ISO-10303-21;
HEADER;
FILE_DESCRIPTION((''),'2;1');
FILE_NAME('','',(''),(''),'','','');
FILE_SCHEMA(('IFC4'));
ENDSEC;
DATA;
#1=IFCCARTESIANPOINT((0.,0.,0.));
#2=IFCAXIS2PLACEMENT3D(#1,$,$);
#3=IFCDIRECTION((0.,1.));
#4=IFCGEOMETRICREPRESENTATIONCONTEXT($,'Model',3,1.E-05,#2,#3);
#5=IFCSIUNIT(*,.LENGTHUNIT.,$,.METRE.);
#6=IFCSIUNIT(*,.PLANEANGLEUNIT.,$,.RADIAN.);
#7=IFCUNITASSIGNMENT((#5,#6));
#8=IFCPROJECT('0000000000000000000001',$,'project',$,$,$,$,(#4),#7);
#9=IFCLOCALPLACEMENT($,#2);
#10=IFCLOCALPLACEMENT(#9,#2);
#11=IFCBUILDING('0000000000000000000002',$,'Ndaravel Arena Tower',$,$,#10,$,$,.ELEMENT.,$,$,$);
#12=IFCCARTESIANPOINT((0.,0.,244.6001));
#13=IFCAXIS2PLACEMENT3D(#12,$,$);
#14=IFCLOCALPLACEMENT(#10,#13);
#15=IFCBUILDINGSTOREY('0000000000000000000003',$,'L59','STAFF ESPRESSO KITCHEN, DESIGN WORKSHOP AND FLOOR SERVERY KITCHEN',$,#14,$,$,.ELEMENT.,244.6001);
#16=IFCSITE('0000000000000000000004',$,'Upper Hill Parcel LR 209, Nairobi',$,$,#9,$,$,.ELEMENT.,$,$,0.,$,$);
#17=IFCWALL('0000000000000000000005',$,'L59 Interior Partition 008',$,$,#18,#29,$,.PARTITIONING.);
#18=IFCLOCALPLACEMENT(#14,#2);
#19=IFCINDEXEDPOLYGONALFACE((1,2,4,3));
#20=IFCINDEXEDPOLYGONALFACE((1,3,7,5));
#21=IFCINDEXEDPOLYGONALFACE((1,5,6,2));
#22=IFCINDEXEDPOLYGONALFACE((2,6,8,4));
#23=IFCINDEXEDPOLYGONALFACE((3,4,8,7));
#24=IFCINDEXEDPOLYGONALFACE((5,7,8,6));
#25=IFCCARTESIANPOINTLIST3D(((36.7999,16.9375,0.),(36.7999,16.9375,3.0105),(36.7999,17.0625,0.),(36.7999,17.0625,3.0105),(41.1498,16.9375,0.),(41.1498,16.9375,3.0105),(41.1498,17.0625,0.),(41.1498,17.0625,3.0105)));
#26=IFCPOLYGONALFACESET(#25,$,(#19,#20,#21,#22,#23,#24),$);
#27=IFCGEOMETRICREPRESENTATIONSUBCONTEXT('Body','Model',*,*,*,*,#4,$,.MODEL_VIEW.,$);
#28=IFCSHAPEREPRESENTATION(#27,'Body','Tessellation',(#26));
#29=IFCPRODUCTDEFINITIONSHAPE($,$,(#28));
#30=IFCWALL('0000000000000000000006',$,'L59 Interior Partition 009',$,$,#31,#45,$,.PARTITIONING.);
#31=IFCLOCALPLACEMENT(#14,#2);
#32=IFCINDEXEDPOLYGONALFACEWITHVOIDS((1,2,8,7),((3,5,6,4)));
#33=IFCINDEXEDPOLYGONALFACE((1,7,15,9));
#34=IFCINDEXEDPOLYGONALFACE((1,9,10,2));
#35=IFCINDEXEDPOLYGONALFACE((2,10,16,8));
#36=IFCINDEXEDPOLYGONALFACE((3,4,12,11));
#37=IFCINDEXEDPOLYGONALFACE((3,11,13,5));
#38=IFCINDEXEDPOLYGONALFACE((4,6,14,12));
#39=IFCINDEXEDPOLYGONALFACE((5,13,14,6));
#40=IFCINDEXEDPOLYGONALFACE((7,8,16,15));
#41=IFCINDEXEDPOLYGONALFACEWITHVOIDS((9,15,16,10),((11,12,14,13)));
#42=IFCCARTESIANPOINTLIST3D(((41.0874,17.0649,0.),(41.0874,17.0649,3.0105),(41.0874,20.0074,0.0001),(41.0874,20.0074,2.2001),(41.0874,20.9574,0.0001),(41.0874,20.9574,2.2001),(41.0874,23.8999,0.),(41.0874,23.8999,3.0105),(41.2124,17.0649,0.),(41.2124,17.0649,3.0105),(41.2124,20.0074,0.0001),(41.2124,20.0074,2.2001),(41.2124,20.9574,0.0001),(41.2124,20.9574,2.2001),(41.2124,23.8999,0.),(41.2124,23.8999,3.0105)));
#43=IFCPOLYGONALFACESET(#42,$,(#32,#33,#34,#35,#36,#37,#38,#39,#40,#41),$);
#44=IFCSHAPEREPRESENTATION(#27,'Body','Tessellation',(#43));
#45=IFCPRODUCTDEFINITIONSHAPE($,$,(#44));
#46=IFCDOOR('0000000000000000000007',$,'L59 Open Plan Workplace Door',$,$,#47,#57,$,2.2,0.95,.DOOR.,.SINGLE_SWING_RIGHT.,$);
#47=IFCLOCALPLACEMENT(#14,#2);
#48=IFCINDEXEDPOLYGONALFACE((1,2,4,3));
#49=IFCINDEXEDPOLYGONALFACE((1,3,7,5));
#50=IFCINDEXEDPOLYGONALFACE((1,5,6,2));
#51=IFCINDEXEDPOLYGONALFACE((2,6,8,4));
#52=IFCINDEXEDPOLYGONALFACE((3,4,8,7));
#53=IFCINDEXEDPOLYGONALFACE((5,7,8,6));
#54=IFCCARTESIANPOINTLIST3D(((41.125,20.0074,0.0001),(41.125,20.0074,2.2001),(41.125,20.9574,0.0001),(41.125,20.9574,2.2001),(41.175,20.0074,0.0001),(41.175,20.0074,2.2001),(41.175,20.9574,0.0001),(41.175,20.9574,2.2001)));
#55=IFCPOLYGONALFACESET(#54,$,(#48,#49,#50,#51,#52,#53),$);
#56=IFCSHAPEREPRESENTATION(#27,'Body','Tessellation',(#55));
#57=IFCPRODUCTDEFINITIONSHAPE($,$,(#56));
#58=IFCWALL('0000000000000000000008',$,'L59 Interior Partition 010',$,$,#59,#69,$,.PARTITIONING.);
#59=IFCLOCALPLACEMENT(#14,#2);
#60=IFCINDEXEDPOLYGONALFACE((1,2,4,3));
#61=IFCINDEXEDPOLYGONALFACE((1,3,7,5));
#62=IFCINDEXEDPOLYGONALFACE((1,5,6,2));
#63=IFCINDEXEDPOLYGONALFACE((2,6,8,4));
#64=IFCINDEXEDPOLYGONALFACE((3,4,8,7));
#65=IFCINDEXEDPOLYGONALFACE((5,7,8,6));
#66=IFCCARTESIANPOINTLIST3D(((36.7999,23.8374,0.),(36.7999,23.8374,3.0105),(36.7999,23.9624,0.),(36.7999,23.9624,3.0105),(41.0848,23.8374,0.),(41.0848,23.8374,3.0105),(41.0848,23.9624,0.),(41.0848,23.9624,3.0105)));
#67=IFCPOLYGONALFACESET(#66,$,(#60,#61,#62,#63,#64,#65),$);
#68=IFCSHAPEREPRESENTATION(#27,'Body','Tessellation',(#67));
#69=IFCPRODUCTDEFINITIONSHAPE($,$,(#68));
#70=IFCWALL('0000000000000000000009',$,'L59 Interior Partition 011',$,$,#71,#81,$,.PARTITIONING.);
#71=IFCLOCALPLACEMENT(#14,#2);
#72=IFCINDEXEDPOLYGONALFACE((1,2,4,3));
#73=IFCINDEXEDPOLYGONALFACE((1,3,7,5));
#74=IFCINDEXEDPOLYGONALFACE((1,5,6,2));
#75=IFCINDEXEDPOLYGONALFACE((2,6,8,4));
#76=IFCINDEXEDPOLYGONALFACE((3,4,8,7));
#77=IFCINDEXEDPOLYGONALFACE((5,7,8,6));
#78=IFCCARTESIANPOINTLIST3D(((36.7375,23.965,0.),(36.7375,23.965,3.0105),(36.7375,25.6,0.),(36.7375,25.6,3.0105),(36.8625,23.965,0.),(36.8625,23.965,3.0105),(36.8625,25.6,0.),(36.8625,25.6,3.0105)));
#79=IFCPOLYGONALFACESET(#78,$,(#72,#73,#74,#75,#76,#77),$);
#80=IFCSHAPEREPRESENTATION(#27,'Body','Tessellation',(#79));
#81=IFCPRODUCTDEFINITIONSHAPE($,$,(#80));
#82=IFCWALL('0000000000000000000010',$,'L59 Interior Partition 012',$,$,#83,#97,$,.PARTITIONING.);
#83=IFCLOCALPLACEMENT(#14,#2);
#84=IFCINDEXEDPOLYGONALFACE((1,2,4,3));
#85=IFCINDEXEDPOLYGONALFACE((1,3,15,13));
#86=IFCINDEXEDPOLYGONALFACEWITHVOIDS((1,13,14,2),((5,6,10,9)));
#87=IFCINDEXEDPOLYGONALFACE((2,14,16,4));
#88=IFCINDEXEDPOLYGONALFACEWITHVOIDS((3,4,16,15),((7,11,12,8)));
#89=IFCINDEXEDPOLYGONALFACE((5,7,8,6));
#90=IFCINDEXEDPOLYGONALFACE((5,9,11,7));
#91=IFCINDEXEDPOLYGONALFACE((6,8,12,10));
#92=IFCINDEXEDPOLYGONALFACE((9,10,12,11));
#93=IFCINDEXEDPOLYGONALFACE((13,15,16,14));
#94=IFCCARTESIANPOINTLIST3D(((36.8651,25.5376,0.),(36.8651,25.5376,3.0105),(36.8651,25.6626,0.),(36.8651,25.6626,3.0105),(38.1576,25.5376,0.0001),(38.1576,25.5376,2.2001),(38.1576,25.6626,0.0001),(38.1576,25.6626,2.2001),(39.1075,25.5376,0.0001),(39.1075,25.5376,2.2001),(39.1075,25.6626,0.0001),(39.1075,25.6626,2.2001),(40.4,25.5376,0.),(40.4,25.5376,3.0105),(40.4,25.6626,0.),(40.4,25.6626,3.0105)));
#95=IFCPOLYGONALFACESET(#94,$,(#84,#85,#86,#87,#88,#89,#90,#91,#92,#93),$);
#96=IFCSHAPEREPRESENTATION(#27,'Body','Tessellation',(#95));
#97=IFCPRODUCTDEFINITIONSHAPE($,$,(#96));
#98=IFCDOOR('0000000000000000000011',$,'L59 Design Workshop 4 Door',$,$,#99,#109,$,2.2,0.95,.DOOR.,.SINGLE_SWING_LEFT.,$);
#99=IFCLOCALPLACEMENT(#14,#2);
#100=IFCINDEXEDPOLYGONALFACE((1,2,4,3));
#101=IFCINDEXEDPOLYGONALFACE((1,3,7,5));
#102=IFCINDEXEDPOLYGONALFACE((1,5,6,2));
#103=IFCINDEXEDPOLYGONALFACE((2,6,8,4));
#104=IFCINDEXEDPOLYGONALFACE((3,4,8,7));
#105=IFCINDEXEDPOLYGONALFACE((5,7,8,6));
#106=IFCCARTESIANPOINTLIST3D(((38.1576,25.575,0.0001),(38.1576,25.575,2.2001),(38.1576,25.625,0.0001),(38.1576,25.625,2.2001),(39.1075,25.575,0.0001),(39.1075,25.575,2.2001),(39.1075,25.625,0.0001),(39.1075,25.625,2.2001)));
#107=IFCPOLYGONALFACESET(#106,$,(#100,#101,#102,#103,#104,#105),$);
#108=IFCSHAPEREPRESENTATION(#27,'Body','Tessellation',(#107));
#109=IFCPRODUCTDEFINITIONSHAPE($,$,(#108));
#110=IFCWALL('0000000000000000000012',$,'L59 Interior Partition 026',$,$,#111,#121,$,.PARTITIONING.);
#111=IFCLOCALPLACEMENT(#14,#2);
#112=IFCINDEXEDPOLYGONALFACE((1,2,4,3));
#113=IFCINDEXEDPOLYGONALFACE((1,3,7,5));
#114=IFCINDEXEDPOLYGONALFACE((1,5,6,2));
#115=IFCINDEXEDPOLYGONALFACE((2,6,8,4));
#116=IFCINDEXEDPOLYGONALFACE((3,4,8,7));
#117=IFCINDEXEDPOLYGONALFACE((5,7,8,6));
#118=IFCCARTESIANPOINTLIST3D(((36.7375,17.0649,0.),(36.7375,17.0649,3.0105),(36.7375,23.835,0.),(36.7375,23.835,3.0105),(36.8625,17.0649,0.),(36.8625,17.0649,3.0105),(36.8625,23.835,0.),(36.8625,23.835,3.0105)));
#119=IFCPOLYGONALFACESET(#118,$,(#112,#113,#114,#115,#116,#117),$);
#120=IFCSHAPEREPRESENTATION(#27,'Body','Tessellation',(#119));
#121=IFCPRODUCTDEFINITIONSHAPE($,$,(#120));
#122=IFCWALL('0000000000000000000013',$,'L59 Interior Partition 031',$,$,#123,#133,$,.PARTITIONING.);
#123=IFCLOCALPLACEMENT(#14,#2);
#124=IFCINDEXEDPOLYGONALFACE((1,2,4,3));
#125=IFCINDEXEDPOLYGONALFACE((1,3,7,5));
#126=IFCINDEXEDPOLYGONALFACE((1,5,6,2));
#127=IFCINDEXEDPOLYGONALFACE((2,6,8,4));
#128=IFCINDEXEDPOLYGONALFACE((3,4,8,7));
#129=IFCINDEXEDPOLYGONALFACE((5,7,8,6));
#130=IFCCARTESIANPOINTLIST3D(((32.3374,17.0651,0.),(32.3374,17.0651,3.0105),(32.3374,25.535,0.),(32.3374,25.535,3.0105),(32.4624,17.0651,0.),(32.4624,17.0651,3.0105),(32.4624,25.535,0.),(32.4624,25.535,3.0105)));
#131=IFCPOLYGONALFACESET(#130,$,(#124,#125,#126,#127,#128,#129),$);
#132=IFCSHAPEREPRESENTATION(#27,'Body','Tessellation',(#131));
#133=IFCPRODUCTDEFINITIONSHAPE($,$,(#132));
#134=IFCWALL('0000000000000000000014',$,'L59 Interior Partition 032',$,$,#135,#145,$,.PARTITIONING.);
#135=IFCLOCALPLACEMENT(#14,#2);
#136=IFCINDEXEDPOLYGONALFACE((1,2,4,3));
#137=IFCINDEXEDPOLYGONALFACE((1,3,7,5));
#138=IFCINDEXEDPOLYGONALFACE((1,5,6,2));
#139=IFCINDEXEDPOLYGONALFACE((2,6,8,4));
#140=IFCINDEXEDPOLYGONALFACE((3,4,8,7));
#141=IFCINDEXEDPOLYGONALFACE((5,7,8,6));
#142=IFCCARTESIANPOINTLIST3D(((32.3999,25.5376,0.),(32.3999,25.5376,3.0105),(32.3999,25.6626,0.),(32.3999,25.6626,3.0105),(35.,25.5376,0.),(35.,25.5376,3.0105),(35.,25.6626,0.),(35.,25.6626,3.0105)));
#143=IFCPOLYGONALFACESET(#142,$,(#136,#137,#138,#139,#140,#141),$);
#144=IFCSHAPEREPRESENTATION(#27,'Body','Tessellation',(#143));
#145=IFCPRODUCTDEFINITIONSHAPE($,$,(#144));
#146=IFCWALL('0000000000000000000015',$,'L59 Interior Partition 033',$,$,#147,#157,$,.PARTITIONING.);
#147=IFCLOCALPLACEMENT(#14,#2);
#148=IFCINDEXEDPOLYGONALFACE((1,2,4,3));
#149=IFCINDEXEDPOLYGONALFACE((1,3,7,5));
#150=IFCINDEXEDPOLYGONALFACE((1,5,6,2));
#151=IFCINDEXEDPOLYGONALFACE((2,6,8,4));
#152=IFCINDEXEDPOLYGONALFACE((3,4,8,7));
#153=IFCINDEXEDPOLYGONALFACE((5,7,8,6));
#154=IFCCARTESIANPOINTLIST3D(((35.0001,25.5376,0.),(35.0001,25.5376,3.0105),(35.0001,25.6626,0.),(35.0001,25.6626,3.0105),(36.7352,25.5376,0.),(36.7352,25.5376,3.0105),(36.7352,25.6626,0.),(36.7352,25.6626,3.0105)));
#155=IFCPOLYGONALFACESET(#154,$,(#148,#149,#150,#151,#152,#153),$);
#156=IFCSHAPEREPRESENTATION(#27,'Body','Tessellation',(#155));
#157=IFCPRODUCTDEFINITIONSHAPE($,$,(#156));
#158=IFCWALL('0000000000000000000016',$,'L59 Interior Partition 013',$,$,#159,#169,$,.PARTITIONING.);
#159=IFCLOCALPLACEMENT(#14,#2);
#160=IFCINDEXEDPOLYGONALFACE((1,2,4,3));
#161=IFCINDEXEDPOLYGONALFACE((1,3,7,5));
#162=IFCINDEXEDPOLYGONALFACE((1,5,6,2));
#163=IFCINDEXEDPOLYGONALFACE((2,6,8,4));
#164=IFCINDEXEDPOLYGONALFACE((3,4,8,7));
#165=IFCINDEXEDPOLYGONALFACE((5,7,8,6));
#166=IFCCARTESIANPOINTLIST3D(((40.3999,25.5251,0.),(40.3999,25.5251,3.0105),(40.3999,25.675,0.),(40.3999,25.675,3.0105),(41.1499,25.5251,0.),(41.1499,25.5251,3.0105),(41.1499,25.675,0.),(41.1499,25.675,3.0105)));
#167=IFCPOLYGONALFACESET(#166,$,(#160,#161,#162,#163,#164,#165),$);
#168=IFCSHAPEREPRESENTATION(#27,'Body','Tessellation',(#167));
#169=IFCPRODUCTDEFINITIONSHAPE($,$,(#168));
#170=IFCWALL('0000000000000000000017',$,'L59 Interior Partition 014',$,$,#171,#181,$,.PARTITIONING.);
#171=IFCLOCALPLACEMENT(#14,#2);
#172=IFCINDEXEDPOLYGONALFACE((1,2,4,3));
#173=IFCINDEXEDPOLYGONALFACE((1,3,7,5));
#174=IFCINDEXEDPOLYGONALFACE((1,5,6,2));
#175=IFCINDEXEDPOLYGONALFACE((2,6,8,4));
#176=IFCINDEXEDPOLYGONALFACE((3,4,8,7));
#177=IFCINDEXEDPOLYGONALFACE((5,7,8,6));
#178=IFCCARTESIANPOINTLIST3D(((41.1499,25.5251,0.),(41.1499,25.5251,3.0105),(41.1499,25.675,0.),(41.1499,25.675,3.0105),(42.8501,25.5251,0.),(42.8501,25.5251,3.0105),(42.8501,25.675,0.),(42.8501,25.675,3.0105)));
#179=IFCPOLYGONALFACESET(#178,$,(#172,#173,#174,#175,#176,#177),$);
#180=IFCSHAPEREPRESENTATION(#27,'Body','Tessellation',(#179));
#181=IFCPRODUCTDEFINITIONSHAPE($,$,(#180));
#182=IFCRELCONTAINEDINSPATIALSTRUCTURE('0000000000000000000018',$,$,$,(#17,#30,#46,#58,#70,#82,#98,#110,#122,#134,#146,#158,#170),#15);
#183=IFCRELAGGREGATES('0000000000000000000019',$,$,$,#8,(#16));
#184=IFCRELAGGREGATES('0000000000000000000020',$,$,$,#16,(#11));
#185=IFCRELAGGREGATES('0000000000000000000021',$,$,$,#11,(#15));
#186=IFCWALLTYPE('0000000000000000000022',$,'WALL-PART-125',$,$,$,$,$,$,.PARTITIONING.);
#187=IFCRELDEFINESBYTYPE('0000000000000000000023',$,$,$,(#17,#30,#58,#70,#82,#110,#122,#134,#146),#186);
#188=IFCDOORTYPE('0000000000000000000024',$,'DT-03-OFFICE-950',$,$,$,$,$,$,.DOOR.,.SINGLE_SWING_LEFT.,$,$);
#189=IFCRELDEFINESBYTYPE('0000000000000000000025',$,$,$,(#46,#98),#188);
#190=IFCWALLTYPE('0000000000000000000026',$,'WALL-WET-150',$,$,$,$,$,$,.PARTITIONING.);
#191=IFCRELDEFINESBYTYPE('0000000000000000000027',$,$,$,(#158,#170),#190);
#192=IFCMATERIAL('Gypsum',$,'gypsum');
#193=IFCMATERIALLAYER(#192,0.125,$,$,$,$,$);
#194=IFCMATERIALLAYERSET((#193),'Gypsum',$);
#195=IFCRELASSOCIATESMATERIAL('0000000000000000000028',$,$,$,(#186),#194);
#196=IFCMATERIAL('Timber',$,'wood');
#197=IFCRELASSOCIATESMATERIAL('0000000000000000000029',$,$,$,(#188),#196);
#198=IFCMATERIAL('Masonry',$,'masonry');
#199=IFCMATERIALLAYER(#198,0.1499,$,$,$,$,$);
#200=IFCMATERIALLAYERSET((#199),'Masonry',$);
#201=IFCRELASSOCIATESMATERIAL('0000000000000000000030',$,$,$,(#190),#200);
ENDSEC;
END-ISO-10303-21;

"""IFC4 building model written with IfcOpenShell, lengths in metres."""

from ifc_helpers import new_model, si_unit, direction, frame, frame_2d, origin, place, context, subcontext, project, spatial, rectangle, extrude, material, layer, layer_set, type_object, element, fill, save


model = new_model("IFC4")

# Units and contexts
model_context = context("Model", 3, precision=1e-05, world=origin(), true_north=direction((0.0, 1.0)))
body_context = subcontext(model_context, "Body", "Model", "MODEL_VIEW")
ifc_project = project(units=[si_unit("LENGTHUNIT", "METRE"), si_unit("PLANEANGLEUNIT", "RADIAN")], contexts=[model_context])

# Site, building, storey
site_placement = place(None, origin())
site = spatial("IfcSite", under=ifc_project, at=site_placement, Name="Upper Hill Parcel LR 209, Nairobi", CompositionType="ELEMENT", RefElevation=0.0)
building_placement = place(site_placement, origin())
building = spatial("IfcBuilding", under=site, at=building_placement, Name="Ndaravel Arena Tower", CompositionType="ELEMENT")
storey_placement = place(building_placement, frame((0.0, 0.0, 244.6001)))
storey = spatial("IfcBuildingStorey", under=building, at=storey_placement, Name="L59", Description="STAFF ESPRESSO KITCHEN, DESIGN WORKSHOP AND FLOOR SERVERY KITCHEN", CompositionType="ELEMENT", Elevation=244.6001)

# Wall
ifc_material_1 = material(Name="Gypsum", Category="gypsum")
ifc_layer_1 = layer(ifc_material_1, 0.125)
ifc_layer_set_1 = layer_set([ifc_layer_1], Name="Gypsum")
wall_type_1 = type_object("IfcWallType", Name="WALL-PART-125", PredefinedType="PARTITIONING", material=ifc_layer_set_1)
wall_1_placement = place(storey_placement, frame((36.8, 17.0, 0.0), z_axis=(0.0, 0.0, 1.0), x_axis=(1.0, 0.0, 0.0)))
element("IfcWall", 1, at=wall_1_placement, inside=storey, type_object=wall_type_1, Name="L59 Interior Partition 008", PredefinedType="PARTITIONING", context=body_context, shape_type="SweptSolid", body=[
    extrude(rectangle(XDim=4.3499, YDim=0.125, at=frame_2d((2.1748, 0.0))), origin(), (0.0, 0.0, 1.0), 3.0105),
])

# Wall, opening, door
wall_2_placement = place(storey_placement, frame((41.1499, 17.0649, 0.0), z_axis=(0.0, 0.0, 1.0), x_axis=(0.0, 1.0, 0.0)))
wall_2 = element("IfcWall", 2, at=wall_2_placement, inside=storey, type_object=wall_type_1, Name="L59 Interior Partition 009", PredefinedType="PARTITIONING", context=body_context, shape_type="SweptSolid", body=[
    extrude(rectangle(XDim=6.835, YDim=0.125, at=frame_2d((3.4175, 0.0))), origin(), (0.0, 0.0, 1.0), 3.0105),
])
opening_1_placement = place(wall_2_placement, frame((2.9424, 0.0, 0.0)))
opening_1 = element("IfcOpeningElement", 3, at=opening_1_placement, cuts=wall_2, PredefinedType="OPENING", context=body_context, shape_type="SweptSolid", body=[
    extrude(rectangle(XDim=0.95, YDim=2.2, at=frame_2d((0.4751, 1.1001))), frame((0.0, 0.0625, 0.0), z_axis=(0.0, -1.0, 0.0), x_axis=(1.0, 0.0, 0.0)), (0.0, 0.0, 1.0), 0.125),
])
ifc_material_2 = material(Name="Timber", Category="wood")
door_type = type_object("IfcDoorType", Name="DT-03-OFFICE-950", OperationType="SINGLE_SWING_LEFT", PredefinedType="DOOR", material=ifc_material_2)
door_1_placement = place(opening_1_placement, origin())
door_1 = element("IfcDoor", 4, at=door_1_placement, inside=storey, type_object=door_type, Name="L59 Open Plan Workplace Door", OperationType="SINGLE_SWING_RIGHT", OverallHeight=2.2, OverallWidth=0.95, PredefinedType="DOOR", context=body_context, shape_type="SweptSolid", body=[
    extrude(rectangle(XDim=0.95, YDim=2.2, at=frame_2d((0.4751, 1.1001))), frame((0.0, 0.0249, 0.0), z_axis=(0.0, -1.0, 0.0), x_axis=(1.0, 0.0, 0.0)), (0.0, 0.0, 1.0), 0.05),
])
fill(opening_1, door_1)

# Walls
wall_3_placement = place(storey_placement, frame((41.085, 23.8999, 0.0), z_axis=(0.0, 0.0, 1.0), x_axis=(-1.0, 0.0, 0.0)))
element("IfcWall", 5, at=wall_3_placement, inside=storey, type_object=wall_type_1, Name="L59 Interior Partition 010", PredefinedType="PARTITIONING", context=body_context, shape_type="SweptSolid", body=[
    extrude(rectangle(XDim=4.2849, YDim=0.125, at=frame_2d((2.1426, 0.0))), origin(), (0.0, 0.0, 1.0), 3.0105),
])
wall_4_placement = place(storey_placement, frame((36.8, 23.9651, 0.0), z_axis=(0.0, 0.0, 1.0), x_axis=(0.0, 1.0, 0.0)))
element("IfcWall", 6, at=wall_4_placement, inside=storey, type_object=wall_type_1, Name="L59 Interior Partition 011", PredefinedType="PARTITIONING", context=body_context, shape_type="SweptSolid", body=[
    extrude(rectangle(XDim=1.635, YDim=0.125, at=frame_2d((0.8174, 0.0))), origin(), (0.0, 0.0, 1.0), 3.0105),
])

# Wall, opening, door
wall_5_placement = place(storey_placement, frame((36.865, 25.6001, 0.0), z_axis=(0.0, 0.0, 1.0), x_axis=(1.0, 0.0, 0.0)))
wall_5 = element("IfcWall", 7, at=wall_5_placement, inside=storey, type_object=wall_type_1, Name="L59 Interior Partition 012", PredefinedType="PARTITIONING", context=body_context, shape_type="SweptSolid", body=[
    extrude(rectangle(XDim=3.5349, YDim=0.125, at=frame_2d((1.7676, 0.0))), origin(), (0.0, 0.0, 1.0), 3.0105),
])
opening_2_placement = place(wall_5_placement, frame((1.2925, 0.0, 0.0)))
opening_2 = element("IfcOpeningElement", 8, at=opening_2_placement, cuts=wall_5, PredefinedType="OPENING", context=body_context, shape_type="SweptSolid", body=[
    extrude(rectangle(XDim=0.95, YDim=2.2, at=frame_2d((0.4751, 1.1001))), frame((0.0, 0.0625, 0.0), z_axis=(0.0, -1.0, 0.0), x_axis=(1.0, 0.0, 0.0)), (0.0, 0.0, 1.0), 0.125),
])
door_2_placement = place(opening_2_placement, origin())
door_2 = element("IfcDoor", 9, at=door_2_placement, inside=storey, type_object=door_type, Name="L59 Design Workshop 4 Door", OperationType="SINGLE_SWING_LEFT", OverallHeight=2.2, OverallWidth=0.95, PredefinedType="DOOR", context=body_context, shape_type="SweptSolid", body=[
    extrude(rectangle(XDim=0.95, YDim=2.2, at=frame_2d((0.4751, 1.1001))), frame((0.0, 0.0249, 0.0), z_axis=(0.0, -1.0, 0.0), x_axis=(1.0, 0.0, 0.0)), (0.0, 0.0, 1.0), 0.05),
])
fill(opening_2, door_2)

# Walls
wall_6_placement = place(storey_placement, frame((36.8, 17.0649, 0.0), z_axis=(0.0, 0.0, 1.0), x_axis=(0.0, 1.0, 0.0)))
element("IfcWall", 10, at=wall_6_placement, inside=storey, type_object=wall_type_1, Name="L59 Interior Partition 026", PredefinedType="PARTITIONING", context=body_context, shape_type="SweptSolid", body=[
    extrude(rectangle(XDim=6.77, YDim=0.125, at=frame_2d((3.385, 0.0))), origin(), (0.0, 0.0, 1.0), 3.0105),
])
wall_7_placement = place(storey_placement, frame((32.3999, 25.5349, 0.0), z_axis=(0.0, 0.0, 1.0), x_axis=(0.0, -1.0, 0.0)))
element("IfcWall", 11, at=wall_7_placement, inside=storey, type_object=wall_type_1, Name="L59 Interior Partition 031", PredefinedType="PARTITIONING", context=body_context, shape_type="SweptSolid", body=[
    extrude(rectangle(XDim=8.47, YDim=0.125, at=frame_2d((4.2349, 0.0))), origin(), (0.0, 0.0, 1.0), 3.0105),
])
wall_8_placement = place(storey_placement, frame((32.3999, 25.6001, 0.0), z_axis=(0.0, 0.0, 1.0), x_axis=(1.0, 0.0, 0.0)))
element("IfcWall", 12, at=wall_8_placement, inside=storey, type_object=wall_type_1, Name="L59 Interior Partition 032", PredefinedType="PARTITIONING", context=body_context, shape_type="SweptSolid", body=[
    extrude(rectangle(XDim=2.6001, YDim=0.125, at=frame_2d((1.3, 0.0))), origin(), (0.0, 0.0, 1.0), 3.0105),
])
wall_9_placement = place(storey_placement, frame((35.0, 25.6001, 0.0), z_axis=(0.0, 0.0, 1.0), x_axis=(1.0, 0.0, 0.0)))
element("IfcWall", 13, at=wall_9_placement, inside=storey, type_object=wall_type_1, Name="L59 Interior Partition 033", PredefinedType="PARTITIONING", context=body_context, shape_type="SweptSolid", body=[
    extrude(rectangle(XDim=1.7351, YDim=0.125, at=frame_2d((0.8677, 0.0))), origin(), (0.0, 0.0, 1.0), 3.0105),
])
ifc_material_3 = material(Name="Masonry", Category="masonry")
ifc_layer_2 = layer(ifc_material_3, 0.1499)
ifc_layer_set_2 = layer_set([ifc_layer_2], Name="Masonry")
wall_type_2 = type_object("IfcWallType", Name="WALL-WET-150", PredefinedType="PARTITIONING", material=ifc_layer_set_2)
wall_10_placement = place(storey_placement, frame((40.3999, 25.6001, 0.0), z_axis=(0.0, 0.0, 1.0), x_axis=(1.0, 0.0, 0.0)))
element("IfcWall", 14, at=wall_10_placement, inside=storey, type_object=wall_type_2, Name="L59 Interior Partition 013", PredefinedType="PARTITIONING", context=body_context, shape_type="SweptSolid", body=[
    extrude(rectangle(XDim=0.75, YDim=0.1499, at=frame_2d((0.375, 0.0))), origin(), (0.0, 0.0, 1.0), 3.0105),
])
wall_11_placement = place(storey_placement, frame((41.1499, 25.6001, 0.0), z_axis=(0.0, 0.0, 1.0), x_axis=(1.0, 0.0, 0.0)))
element("IfcWall", 15, at=wall_11_placement, inside=storey, type_object=wall_type_2, Name="L59 Interior Partition 014", PredefinedType="PARTITIONING", context=body_context, shape_type="SweptSolid", body=[
    extrude(rectangle(XDim=1.7002, YDim=0.1499, at=frame_2d((0.8501, 0.0))), origin(), (0.0, 0.0, 1.0), 3.0105),
])

save(model, "model.ifc")
